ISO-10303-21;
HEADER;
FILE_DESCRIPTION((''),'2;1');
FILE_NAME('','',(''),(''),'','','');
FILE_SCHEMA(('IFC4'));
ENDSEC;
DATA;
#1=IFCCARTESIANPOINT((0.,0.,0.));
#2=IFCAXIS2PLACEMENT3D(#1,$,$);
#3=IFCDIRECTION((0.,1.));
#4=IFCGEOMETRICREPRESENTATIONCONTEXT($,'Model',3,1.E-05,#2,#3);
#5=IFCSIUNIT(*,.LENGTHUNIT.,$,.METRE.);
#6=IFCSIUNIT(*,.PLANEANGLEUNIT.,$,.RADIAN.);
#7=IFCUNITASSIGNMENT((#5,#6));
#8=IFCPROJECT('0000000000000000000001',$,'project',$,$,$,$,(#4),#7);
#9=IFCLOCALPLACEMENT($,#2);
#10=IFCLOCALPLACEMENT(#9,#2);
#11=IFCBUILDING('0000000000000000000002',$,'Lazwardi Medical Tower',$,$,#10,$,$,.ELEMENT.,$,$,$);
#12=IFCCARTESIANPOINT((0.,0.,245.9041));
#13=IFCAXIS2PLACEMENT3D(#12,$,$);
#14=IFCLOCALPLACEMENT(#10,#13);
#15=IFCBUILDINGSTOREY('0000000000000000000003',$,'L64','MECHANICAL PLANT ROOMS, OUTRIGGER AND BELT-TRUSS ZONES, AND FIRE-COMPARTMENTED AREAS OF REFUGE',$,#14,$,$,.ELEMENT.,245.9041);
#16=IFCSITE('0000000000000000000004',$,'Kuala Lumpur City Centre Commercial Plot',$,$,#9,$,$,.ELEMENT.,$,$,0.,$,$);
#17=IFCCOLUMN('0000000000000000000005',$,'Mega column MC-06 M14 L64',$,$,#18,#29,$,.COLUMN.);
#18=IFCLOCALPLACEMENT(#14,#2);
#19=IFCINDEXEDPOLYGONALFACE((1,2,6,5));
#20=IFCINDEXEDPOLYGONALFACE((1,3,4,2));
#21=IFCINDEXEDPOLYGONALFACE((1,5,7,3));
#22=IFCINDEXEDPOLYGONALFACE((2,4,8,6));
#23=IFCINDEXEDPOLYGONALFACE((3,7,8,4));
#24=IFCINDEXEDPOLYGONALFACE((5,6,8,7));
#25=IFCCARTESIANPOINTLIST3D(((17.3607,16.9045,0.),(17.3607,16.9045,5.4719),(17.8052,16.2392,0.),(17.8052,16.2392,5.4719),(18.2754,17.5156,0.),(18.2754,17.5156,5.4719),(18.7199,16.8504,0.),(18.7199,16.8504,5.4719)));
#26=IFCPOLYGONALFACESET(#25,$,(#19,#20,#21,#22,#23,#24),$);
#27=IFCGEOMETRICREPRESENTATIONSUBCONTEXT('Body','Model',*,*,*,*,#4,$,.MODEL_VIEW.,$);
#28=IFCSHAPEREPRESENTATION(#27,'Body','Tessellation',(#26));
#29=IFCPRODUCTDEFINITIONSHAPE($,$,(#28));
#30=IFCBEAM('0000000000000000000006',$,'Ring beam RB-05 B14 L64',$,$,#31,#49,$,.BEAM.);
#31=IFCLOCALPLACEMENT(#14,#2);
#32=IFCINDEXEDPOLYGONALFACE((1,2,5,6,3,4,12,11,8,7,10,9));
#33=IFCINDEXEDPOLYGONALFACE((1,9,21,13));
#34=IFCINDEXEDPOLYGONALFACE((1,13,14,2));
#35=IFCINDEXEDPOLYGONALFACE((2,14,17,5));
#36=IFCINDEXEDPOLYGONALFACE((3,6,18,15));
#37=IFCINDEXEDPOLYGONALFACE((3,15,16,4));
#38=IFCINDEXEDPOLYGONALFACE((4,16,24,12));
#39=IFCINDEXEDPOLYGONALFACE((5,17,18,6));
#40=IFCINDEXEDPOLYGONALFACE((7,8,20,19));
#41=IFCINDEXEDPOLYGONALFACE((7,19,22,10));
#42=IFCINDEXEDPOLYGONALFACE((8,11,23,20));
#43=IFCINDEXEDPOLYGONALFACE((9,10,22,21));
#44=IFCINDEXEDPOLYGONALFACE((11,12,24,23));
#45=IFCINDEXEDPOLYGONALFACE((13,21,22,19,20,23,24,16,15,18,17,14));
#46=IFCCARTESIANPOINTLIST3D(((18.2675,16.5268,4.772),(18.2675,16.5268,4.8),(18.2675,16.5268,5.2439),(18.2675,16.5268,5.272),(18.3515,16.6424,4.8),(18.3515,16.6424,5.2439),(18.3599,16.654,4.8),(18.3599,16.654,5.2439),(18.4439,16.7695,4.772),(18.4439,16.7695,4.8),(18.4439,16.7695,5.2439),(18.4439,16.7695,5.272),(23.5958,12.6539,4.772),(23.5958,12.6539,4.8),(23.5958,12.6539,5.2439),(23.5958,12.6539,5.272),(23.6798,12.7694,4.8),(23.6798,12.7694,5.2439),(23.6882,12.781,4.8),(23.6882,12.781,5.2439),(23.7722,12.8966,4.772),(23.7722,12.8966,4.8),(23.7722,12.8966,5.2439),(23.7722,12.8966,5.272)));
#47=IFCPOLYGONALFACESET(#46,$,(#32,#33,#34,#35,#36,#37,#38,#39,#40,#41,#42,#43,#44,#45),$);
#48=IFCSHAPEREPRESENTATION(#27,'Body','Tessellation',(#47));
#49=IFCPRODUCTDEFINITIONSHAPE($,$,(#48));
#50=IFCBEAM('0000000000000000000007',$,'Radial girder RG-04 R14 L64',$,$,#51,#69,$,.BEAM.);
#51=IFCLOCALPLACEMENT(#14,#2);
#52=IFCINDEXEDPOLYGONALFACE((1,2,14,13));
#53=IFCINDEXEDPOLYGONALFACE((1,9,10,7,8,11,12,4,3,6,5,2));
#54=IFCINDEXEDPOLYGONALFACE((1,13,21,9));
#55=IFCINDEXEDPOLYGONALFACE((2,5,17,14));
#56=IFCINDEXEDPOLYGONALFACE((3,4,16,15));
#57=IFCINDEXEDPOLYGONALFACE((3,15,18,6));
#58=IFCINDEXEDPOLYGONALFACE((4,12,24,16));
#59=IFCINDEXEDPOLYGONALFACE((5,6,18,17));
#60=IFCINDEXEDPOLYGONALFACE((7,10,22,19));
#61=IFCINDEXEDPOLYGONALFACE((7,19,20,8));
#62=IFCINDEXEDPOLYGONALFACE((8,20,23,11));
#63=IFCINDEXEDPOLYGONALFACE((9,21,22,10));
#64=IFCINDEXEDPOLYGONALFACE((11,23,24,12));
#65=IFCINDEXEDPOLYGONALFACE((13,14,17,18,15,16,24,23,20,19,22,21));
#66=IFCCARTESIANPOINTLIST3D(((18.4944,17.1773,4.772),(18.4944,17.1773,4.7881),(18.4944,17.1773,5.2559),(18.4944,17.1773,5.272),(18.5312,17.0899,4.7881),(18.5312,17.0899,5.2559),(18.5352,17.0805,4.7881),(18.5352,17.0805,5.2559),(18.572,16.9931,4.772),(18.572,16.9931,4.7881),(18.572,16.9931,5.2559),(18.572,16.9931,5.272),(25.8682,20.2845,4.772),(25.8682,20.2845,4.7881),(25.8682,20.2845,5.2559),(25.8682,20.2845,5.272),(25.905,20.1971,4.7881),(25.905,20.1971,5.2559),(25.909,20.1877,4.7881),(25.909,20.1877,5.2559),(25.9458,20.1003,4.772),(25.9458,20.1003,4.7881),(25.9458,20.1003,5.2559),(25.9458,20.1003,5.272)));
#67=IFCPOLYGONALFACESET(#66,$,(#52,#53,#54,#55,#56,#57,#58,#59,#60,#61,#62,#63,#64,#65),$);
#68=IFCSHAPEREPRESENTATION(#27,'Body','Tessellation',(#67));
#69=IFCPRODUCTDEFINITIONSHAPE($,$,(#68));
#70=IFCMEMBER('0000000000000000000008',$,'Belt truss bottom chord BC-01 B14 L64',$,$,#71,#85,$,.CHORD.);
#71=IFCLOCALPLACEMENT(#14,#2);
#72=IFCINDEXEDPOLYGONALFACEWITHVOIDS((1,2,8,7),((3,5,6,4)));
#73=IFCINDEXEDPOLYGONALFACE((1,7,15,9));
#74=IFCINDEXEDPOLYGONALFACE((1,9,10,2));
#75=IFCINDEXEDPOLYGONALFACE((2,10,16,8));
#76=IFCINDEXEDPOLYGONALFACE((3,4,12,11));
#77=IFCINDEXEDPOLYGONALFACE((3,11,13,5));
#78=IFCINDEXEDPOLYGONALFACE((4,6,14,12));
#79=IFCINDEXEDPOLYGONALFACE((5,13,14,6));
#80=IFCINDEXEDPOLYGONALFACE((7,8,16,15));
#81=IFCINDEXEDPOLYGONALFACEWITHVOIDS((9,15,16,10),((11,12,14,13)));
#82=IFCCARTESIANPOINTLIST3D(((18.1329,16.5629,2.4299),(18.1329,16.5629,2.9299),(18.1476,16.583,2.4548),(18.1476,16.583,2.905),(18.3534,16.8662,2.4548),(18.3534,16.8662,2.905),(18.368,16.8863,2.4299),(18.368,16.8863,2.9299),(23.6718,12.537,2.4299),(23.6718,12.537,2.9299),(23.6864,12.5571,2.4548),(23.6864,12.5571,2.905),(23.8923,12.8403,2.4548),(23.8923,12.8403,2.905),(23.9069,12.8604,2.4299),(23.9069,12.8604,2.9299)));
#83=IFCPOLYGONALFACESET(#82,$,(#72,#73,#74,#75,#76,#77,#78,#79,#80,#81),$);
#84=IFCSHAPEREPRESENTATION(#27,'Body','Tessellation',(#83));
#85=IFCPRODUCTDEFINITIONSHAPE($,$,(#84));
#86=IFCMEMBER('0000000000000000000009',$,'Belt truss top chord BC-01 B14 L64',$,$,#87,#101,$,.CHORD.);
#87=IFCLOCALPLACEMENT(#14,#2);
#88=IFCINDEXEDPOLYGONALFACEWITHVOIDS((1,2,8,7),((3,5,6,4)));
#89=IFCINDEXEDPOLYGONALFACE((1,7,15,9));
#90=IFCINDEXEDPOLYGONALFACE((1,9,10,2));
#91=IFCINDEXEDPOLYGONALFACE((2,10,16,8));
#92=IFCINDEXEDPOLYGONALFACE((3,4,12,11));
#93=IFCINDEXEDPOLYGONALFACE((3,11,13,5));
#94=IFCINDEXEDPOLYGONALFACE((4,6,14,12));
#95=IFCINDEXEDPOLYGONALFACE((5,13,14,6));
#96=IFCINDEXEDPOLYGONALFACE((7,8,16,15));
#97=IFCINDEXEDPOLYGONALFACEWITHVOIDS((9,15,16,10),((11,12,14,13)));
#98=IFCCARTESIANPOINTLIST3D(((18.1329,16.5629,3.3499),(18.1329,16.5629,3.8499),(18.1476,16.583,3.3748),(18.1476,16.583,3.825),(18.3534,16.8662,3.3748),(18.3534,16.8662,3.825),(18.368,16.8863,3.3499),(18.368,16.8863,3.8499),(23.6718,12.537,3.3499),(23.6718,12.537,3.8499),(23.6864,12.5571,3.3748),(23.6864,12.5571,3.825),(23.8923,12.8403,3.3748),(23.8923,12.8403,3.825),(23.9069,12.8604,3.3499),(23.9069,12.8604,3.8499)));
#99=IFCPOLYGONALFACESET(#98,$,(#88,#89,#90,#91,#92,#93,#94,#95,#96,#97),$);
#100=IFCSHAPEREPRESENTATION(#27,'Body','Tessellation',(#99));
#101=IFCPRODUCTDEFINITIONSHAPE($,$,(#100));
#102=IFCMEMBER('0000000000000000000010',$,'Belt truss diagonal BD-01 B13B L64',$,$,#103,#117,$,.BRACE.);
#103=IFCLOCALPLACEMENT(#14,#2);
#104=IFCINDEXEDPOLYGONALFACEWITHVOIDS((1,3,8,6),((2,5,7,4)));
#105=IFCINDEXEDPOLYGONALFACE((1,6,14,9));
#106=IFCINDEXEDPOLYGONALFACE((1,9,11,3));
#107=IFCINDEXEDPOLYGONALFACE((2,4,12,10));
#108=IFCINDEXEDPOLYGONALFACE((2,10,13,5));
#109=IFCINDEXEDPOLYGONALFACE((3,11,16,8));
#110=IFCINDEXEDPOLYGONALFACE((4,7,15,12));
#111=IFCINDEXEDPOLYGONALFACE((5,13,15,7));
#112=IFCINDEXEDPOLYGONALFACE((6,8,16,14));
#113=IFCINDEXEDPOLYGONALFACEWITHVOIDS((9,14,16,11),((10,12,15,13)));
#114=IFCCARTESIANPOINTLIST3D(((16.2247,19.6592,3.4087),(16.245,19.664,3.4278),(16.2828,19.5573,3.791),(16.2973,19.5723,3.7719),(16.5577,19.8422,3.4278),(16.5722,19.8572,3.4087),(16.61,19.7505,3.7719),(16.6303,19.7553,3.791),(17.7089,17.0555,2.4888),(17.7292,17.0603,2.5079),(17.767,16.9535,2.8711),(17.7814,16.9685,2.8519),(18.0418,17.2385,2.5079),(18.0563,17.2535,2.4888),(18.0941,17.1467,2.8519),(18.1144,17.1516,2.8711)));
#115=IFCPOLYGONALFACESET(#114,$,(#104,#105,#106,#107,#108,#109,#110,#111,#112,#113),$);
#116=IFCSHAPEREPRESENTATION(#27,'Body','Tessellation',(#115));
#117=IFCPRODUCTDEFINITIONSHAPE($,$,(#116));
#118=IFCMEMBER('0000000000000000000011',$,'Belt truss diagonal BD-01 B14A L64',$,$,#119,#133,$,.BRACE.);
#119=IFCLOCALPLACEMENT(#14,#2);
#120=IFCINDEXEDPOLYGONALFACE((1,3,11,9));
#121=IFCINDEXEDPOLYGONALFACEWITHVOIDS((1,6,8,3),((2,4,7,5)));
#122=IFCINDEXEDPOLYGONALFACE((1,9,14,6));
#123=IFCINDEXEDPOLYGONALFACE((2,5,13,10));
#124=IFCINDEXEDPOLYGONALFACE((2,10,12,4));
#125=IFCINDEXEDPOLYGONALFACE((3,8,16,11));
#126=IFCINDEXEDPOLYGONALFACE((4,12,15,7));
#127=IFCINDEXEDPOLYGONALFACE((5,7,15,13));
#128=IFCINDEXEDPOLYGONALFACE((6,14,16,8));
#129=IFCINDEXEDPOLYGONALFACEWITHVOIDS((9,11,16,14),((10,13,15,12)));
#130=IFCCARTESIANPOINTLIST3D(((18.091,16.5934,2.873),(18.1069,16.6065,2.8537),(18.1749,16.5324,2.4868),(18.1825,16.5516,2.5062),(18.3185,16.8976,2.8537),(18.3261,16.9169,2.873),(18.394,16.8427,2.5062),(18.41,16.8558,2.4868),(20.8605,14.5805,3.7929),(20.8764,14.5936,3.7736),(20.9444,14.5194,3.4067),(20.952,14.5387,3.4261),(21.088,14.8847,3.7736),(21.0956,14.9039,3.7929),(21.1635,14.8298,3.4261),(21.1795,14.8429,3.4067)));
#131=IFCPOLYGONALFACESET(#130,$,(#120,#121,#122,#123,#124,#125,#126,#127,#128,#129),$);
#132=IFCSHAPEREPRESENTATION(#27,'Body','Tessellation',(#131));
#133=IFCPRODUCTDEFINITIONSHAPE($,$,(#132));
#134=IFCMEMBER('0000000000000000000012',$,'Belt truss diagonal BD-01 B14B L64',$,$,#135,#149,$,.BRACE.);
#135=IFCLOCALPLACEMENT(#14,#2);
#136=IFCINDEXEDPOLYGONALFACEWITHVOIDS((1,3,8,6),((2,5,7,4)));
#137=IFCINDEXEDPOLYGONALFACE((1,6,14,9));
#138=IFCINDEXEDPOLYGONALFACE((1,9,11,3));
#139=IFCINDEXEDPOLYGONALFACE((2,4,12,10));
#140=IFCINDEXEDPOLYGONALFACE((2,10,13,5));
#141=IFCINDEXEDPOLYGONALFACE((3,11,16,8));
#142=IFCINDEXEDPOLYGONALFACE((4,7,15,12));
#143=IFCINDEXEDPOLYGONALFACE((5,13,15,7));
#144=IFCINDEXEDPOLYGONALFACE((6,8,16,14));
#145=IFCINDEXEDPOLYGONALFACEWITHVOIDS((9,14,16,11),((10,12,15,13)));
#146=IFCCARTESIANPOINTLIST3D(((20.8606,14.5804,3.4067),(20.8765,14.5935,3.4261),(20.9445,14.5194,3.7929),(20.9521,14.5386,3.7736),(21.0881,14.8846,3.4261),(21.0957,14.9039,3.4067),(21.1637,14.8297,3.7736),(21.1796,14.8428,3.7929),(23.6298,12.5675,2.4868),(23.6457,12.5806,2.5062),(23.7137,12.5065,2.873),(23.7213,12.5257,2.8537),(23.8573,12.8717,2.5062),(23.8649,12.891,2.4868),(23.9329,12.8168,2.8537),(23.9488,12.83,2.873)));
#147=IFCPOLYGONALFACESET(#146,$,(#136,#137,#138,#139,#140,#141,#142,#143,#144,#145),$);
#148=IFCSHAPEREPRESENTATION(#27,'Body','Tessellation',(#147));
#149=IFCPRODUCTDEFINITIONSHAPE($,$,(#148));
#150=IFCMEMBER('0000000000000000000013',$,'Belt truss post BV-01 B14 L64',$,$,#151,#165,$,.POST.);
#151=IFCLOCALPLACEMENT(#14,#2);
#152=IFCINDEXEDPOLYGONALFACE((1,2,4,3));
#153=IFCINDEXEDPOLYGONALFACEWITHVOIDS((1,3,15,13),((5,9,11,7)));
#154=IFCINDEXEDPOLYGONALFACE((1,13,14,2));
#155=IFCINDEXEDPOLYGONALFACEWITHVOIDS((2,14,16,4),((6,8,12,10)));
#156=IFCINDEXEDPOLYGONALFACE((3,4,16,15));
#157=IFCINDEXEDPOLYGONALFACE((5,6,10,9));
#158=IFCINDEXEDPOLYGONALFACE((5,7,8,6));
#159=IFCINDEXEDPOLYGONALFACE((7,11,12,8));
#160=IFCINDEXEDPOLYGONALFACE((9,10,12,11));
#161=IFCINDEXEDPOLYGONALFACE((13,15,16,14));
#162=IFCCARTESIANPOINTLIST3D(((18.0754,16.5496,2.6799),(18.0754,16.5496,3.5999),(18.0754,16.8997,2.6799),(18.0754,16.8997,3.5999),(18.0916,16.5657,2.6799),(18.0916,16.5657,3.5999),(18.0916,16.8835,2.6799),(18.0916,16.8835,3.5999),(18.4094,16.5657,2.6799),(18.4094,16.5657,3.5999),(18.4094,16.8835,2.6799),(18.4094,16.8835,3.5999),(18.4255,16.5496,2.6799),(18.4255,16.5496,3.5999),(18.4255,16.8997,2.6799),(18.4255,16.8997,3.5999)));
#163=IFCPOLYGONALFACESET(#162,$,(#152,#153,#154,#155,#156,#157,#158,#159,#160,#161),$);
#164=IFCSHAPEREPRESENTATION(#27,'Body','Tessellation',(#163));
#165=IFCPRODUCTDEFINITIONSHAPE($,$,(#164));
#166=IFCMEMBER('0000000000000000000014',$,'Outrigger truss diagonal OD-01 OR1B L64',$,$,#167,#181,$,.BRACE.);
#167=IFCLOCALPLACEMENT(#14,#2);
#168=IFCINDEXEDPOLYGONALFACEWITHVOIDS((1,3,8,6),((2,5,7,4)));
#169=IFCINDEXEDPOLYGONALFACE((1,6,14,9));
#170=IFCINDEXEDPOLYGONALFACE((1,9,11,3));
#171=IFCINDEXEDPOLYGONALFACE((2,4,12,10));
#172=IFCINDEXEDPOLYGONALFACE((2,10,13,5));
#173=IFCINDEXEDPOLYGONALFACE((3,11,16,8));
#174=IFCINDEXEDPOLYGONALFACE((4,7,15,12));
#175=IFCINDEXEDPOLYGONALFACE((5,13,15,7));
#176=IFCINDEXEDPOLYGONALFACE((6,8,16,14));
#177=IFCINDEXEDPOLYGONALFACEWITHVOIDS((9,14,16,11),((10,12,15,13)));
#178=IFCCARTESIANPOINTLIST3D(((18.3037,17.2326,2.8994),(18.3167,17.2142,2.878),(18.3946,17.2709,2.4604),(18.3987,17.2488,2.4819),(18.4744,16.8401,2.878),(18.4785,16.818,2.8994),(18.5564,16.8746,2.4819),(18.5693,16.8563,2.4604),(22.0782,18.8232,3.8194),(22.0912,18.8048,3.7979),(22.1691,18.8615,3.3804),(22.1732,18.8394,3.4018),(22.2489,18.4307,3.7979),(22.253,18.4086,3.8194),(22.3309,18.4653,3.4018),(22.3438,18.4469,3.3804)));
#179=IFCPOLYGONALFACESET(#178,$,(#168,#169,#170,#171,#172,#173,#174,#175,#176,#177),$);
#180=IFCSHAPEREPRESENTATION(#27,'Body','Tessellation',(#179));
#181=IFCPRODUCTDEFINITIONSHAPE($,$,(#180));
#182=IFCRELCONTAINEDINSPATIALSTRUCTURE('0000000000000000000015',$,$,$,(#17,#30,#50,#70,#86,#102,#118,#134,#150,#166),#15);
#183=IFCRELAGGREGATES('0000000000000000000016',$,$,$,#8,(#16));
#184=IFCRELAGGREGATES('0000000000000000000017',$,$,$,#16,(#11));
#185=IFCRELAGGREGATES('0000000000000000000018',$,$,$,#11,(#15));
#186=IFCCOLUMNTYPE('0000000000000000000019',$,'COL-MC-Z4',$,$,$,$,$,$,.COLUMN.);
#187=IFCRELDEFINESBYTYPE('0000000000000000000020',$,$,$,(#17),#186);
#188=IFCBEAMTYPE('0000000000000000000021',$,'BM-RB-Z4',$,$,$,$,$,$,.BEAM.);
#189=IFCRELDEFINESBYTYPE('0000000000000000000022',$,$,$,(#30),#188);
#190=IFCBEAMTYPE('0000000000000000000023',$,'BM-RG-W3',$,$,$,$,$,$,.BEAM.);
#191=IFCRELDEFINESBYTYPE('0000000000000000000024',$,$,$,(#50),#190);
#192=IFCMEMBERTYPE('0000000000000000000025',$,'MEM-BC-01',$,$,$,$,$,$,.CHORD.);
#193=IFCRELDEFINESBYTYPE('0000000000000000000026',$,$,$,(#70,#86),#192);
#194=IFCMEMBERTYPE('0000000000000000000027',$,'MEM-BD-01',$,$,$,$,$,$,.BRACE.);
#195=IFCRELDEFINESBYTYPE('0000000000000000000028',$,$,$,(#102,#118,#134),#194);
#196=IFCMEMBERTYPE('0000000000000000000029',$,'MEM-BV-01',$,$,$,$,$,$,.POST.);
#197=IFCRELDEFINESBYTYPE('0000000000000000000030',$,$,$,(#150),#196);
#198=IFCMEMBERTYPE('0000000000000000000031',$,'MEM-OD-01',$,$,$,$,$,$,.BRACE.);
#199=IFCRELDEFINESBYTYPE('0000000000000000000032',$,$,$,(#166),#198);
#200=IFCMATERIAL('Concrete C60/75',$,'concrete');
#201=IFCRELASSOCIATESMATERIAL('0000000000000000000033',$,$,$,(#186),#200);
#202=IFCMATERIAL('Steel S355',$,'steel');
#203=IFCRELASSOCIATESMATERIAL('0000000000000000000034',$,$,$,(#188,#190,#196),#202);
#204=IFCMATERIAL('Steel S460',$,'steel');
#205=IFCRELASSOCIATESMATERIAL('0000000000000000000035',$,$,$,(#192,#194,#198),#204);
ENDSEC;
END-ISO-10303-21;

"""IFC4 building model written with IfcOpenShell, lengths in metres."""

from ifc_helpers import new_model, si_unit, direction, frame, origin, origin_2d, place, context, subcontext, project, spatial, rectangle, hollow_rectangle, i_section, extrude, material, material_profile, profile_set, type_object, element, save


model = new_model("IFC4")

# Units and contexts
model_context = context("Model", 3, precision=1e-05, world=origin(), true_north=direction((0.0, 1.0)))
body_context = subcontext(model_context, "Body", "Model", "MODEL_VIEW")
ifc_project = project(units=[si_unit("LENGTHUNIT", "METRE"), si_unit("PLANEANGLEUNIT", "RADIAN")], contexts=[model_context])

# Site, building, storey
site_placement = place(None, origin())
site = spatial("IfcSite", under=ifc_project, at=site_placement, Name="Kuala Lumpur City Centre Commercial Plot", CompositionType="ELEMENT", RefElevation=0.0)
building_placement = place(site_placement, origin())
building = spatial("IfcBuilding", under=site, at=building_placement, Name="Lazwardi Medical Tower", CompositionType="ELEMENT")
storey_placement = place(building_placement, frame((0.0, 0.0, 245.9041)))
storey = spatial("IfcBuildingStorey", under=building, at=storey_placement, Name="L64", Description="MECHANICAL PLANT ROOMS, OUTRIGGER AND BELT-TRUSS ZONES, AND FIRE-COMPARTMENTED AREAS OF REFUGE", CompositionType="ELEMENT", Elevation=245.9041)

# Column
ifc_material_1 = material(Name="Concrete C60/75", Category="concrete")
ifc_material_profile_1 = material_profile(ifc_material_1, rectangle(XDim=1.1001, YDim=0.8, at=origin_2d()), Name="CFT-RECT 1100x800")
ifc_profile_set_1 = profile_set([ifc_material_profile_1], Name="Concrete C60/75")
column_type = type_object("IfcColumnType", Name="COL-MC-Z4", PredefinedType="COLUMN", material=ifc_profile_set_1)
column_placement = place(storey_placement, frame((18.0403, 16.8774, 0.0), z_axis=(0.0, 0.0, 1.0), x_axis=(-0.83147, -0.55557, 0.0)))
element("IfcColumn", 1, at=column_placement, inside=storey, type_object=column_type, Name="Mega column MC-06 M14 L64", PredefinedType="COLUMN", context=body_context, shape_type="SweptSolid", body=[
    extrude(rectangle(XDim=1.1001, YDim=0.8, at=origin_2d()), origin(), (0.0, 0.0, 1.0), 5.4719),
])

# Beams
ifc_material_2 = material(Name="Steel S355", Category="steel")
ifc_material_profile_2 = material_profile(ifc_material_2, i_section(OverallWidth=0.3, OverallDepth=0.5, WebThickness=0.0144, FlangeThickness=0.0281, at=origin_2d()), Name="HEB 500")
ifc_profile_set_2 = profile_set([ifc_material_profile_2], Name="Steel S355")
beam_type_1 = type_object("IfcBeamType", Name="BM-RB-Z4", PredefinedType="BEAM", material=ifc_profile_set_2)
beam_1_placement = place(storey_placement, frame((18.3557, 16.6482, 5.022), z_axis=(0.80889, -0.58796, 0.0), x_axis=(0.58796, 0.80889, 0.0)))
element("IfcBeam", 2, at=beam_1_placement, inside=storey, type_object=beam_type_1, Name="Ring beam RB-05 B14 L64", PredefinedType="BEAM", context=body_context, shape_type="SweptSolid", body=[
    extrude(i_section(OverallWidth=0.3, OverallDepth=0.5, WebThickness=0.0144, FlangeThickness=0.0281, at=origin_2d()), origin(), (0.0, 0.0, 1.0), 6.5872),
])
ifc_material_profile_3 = material_profile(ifc_material_2, i_section(OverallWidth=0.2, OverallDepth=0.5, WebThickness=0.0103, FlangeThickness=0.0161, at=origin_2d()), Name="IPE 500")
ifc_profile_set_3 = profile_set([ifc_material_profile_3], Name="Steel S355")
beam_type_2 = type_object("IfcBeamType", Name="BM-RG-W3", PredefinedType="BEAM", material=ifc_profile_set_3)
beam_2_placement = place(storey_placement, frame((18.5332, 17.0852, 5.022), z_axis=(0.921527, 0.388315, 0.0), x_axis=(-0.388315, 0.921527, 0.0)))
element("IfcBeam", 3, at=beam_2_placement, inside=storey, type_object=beam_type_2, Name="Radial girder RG-04 R14 L64", PredefinedType="BEAM", context=body_context, shape_type="SweptSolid", body=[
    extrude(i_section(OverallWidth=0.2, OverallDepth=0.5, WebThickness=0.0103, FlangeThickness=0.0161, at=origin_2d()), origin(), (0.0, 0.0, 1.0), 8.0017),
])

# Members
ifc_material_3 = material(Name="Steel S460", Category="steel")
ifc_material_profile_4 = material_profile(ifc_material_3, hollow_rectangle(XDim=0.3999, YDim=0.5, WallThickness=0.0249, at=origin_2d()), Name="RHS 500x400x25")
ifc_profile_set_4 = profile_set([ifc_material_profile_4], Name="Steel S460")
member_type_1 = type_object("IfcMemberType", Name="MEM-BC-01", PredefinedType="CHORD", material=ifc_profile_set_4)
for number, where, z_axis, x_axis, name in (
    (4, (18.2505, 16.7246, 2.6799), (0.808899, -0.587947, 0.0), (0.587947, 0.808899, 0.0), "Belt truss bottom chord BC-01 B14 L64"),
    (5, (18.2505, 16.7246, 3.5999), (0.808899, -0.587947, 0.0), (0.587947, 0.808899, 0.0), "Belt truss top chord BC-01 B14 L64"),
):
    element("IfcMember", number, at=place(storey_placement, frame(where, z_axis=z_axis, x_axis=x_axis)), inside=storey, type_object=member_type_1, Name=name, PredefinedType="CHORD", context=body_context, shape_type="SweptSolid", body=[
        extrude(hollow_rectangle(XDim=0.3999, YDim=0.5, WallThickness=0.0249, at=origin_2d()), origin(), (0.0, 0.0, 1.0), 6.8474),
    ])
ifc_material_profile_5 = material_profile(ifc_material_3, hollow_rectangle(XDim=0.3999, YDim=0.3999, WallThickness=0.02, at=origin_2d()), Name="RHS 400x400x20")
ifc_profile_set_5 = profile_set([ifc_material_profile_5], Name="Steel S460")
member_type_2 = type_object("IfcMemberType", Name="MEM-BD-01", PredefinedType="BRACE", material=ifc_profile_set_5)
member_1_placement = place(storey_placement, frame((17.9116, 17.1035, 2.6799), z_axis=(-0.473401, 0.830535, 0.293432), x_axis=(-0.868779, -0.4952, 0.0)))
element("IfcMember", 6, at=member_1_placement, inside=storey, type_object=member_type_2, Name="Belt truss diagonal BD-01 B13B L64", PredefinedType="BRACE", context=body_context, shape_type="SweptSolid", body=[
    extrude(hollow_rectangle(XDim=0.3999, YDim=0.3999, WallThickness=0.02, at=origin_2d()), origin(), (0.0, 0.0, 1.0), 3.135),
])
member_2_placement = place(storey_placement, frame((18.2505, 16.7246, 2.6799), z_axis=(0.781205, -0.567792, 0.259483), x_axis=(0.58793, 0.808912, 0.0)))
element("IfcMember", 7, at=member_2_placement, inside=storey, type_object=member_type_2, Name="Belt truss diagonal BD-01 B14A L64", PredefinedType="BRACE", context=body_context, shape_type="SweptSolid", body=[
    extrude(hollow_rectangle(XDim=0.3999, YDim=0.3999, WallThickness=0.02, at=origin_2d()), origin(), (0.0, 0.0, 1.0), 3.5452),
])
member_3_placement = place(storey_placement, frame((23.7893, 12.6987, 2.6799), z_axis=(-0.781178, 0.567823, 0.259497), x_axis=(-0.587964, -0.808887, 0.0)))
element("IfcMember", 8, at=member_3_placement, inside=storey, type_object=member_type_2, Name="Belt truss diagonal BD-01 B14B L64", PredefinedType="BRACE", context=body_context, shape_type="SweptSolid", body=[
    extrude(hollow_rectangle(XDim=0.3999, YDim=0.3999, WallThickness=0.02, at=origin_2d()), origin(), (0.0, 0.0, 1.0), 3.5449),
])
ifc_material_profile_6 = material_profile(ifc_material_2, hollow_rectangle(XDim=0.3501, YDim=0.3501, WallThickness=0.0161, at=origin_2d()), Name="RHS 350x350x16")
ifc_profile_set_6 = profile_set([ifc_material_profile_6], Name="Steel S355")
member_type_3 = type_object("IfcMemberType", Name="MEM-BV-01", PredefinedType="POST", material=ifc_profile_set_6)
member_4_placement = place(storey_placement, frame((18.2505, 16.7246, 2.6799), z_axis=(0.0, 0.0, 1.0), x_axis=(1.0, 0.0, 0.0)))
element("IfcMember", 9, at=member_4_placement, inside=storey, type_object=member_type_3, Name="Belt truss post BV-01 B14 L64", PredefinedType="POST", context=body_context, shape_type="SweptSolid", body=[
    extrude(hollow_rectangle(XDim=0.3501, YDim=0.3501, WallThickness=0.0161, at=origin_2d()), origin(), (0.0, 0.0, 1.0), 0.9199),
])
ifc_material_profile_7 = material_profile(ifc_material_3, hollow_rectangle(XDim=0.45, YDim=0.45, WallThickness=0.022, at=origin_2d()), Name="RHS 450x450x22")
ifc_profile_set_7 = profile_set([ifc_material_profile_7], Name="Steel S460")
member_type_4 = type_object("IfcMemberType", Name="MEM-OD-01", PredefinedType="BRACE", material=ifc_profile_set_7)
member_5_placement = place(storey_placement, frame((18.4365, 17.0444, 2.6799), z_axis=(0.899119, 0.378898, 0.219138), x_axis=(-0.388337, 0.921518, 0.0)))
element("IfcMember", 10, at=member_5_placement, inside=storey, type_object=member_type_4, Name="Outrigger truss diagonal OD-01 OR1B L64", PredefinedType="BRACE", context=body_context, shape_type="SweptSolid", body=[
    extrude(hollow_rectangle(XDim=0.45, YDim=0.45, WallThickness=0.022, at=origin_2d()), origin(), (0.0, 0.0, 1.0), 4.198),
])

save(model, "model.ifc")
